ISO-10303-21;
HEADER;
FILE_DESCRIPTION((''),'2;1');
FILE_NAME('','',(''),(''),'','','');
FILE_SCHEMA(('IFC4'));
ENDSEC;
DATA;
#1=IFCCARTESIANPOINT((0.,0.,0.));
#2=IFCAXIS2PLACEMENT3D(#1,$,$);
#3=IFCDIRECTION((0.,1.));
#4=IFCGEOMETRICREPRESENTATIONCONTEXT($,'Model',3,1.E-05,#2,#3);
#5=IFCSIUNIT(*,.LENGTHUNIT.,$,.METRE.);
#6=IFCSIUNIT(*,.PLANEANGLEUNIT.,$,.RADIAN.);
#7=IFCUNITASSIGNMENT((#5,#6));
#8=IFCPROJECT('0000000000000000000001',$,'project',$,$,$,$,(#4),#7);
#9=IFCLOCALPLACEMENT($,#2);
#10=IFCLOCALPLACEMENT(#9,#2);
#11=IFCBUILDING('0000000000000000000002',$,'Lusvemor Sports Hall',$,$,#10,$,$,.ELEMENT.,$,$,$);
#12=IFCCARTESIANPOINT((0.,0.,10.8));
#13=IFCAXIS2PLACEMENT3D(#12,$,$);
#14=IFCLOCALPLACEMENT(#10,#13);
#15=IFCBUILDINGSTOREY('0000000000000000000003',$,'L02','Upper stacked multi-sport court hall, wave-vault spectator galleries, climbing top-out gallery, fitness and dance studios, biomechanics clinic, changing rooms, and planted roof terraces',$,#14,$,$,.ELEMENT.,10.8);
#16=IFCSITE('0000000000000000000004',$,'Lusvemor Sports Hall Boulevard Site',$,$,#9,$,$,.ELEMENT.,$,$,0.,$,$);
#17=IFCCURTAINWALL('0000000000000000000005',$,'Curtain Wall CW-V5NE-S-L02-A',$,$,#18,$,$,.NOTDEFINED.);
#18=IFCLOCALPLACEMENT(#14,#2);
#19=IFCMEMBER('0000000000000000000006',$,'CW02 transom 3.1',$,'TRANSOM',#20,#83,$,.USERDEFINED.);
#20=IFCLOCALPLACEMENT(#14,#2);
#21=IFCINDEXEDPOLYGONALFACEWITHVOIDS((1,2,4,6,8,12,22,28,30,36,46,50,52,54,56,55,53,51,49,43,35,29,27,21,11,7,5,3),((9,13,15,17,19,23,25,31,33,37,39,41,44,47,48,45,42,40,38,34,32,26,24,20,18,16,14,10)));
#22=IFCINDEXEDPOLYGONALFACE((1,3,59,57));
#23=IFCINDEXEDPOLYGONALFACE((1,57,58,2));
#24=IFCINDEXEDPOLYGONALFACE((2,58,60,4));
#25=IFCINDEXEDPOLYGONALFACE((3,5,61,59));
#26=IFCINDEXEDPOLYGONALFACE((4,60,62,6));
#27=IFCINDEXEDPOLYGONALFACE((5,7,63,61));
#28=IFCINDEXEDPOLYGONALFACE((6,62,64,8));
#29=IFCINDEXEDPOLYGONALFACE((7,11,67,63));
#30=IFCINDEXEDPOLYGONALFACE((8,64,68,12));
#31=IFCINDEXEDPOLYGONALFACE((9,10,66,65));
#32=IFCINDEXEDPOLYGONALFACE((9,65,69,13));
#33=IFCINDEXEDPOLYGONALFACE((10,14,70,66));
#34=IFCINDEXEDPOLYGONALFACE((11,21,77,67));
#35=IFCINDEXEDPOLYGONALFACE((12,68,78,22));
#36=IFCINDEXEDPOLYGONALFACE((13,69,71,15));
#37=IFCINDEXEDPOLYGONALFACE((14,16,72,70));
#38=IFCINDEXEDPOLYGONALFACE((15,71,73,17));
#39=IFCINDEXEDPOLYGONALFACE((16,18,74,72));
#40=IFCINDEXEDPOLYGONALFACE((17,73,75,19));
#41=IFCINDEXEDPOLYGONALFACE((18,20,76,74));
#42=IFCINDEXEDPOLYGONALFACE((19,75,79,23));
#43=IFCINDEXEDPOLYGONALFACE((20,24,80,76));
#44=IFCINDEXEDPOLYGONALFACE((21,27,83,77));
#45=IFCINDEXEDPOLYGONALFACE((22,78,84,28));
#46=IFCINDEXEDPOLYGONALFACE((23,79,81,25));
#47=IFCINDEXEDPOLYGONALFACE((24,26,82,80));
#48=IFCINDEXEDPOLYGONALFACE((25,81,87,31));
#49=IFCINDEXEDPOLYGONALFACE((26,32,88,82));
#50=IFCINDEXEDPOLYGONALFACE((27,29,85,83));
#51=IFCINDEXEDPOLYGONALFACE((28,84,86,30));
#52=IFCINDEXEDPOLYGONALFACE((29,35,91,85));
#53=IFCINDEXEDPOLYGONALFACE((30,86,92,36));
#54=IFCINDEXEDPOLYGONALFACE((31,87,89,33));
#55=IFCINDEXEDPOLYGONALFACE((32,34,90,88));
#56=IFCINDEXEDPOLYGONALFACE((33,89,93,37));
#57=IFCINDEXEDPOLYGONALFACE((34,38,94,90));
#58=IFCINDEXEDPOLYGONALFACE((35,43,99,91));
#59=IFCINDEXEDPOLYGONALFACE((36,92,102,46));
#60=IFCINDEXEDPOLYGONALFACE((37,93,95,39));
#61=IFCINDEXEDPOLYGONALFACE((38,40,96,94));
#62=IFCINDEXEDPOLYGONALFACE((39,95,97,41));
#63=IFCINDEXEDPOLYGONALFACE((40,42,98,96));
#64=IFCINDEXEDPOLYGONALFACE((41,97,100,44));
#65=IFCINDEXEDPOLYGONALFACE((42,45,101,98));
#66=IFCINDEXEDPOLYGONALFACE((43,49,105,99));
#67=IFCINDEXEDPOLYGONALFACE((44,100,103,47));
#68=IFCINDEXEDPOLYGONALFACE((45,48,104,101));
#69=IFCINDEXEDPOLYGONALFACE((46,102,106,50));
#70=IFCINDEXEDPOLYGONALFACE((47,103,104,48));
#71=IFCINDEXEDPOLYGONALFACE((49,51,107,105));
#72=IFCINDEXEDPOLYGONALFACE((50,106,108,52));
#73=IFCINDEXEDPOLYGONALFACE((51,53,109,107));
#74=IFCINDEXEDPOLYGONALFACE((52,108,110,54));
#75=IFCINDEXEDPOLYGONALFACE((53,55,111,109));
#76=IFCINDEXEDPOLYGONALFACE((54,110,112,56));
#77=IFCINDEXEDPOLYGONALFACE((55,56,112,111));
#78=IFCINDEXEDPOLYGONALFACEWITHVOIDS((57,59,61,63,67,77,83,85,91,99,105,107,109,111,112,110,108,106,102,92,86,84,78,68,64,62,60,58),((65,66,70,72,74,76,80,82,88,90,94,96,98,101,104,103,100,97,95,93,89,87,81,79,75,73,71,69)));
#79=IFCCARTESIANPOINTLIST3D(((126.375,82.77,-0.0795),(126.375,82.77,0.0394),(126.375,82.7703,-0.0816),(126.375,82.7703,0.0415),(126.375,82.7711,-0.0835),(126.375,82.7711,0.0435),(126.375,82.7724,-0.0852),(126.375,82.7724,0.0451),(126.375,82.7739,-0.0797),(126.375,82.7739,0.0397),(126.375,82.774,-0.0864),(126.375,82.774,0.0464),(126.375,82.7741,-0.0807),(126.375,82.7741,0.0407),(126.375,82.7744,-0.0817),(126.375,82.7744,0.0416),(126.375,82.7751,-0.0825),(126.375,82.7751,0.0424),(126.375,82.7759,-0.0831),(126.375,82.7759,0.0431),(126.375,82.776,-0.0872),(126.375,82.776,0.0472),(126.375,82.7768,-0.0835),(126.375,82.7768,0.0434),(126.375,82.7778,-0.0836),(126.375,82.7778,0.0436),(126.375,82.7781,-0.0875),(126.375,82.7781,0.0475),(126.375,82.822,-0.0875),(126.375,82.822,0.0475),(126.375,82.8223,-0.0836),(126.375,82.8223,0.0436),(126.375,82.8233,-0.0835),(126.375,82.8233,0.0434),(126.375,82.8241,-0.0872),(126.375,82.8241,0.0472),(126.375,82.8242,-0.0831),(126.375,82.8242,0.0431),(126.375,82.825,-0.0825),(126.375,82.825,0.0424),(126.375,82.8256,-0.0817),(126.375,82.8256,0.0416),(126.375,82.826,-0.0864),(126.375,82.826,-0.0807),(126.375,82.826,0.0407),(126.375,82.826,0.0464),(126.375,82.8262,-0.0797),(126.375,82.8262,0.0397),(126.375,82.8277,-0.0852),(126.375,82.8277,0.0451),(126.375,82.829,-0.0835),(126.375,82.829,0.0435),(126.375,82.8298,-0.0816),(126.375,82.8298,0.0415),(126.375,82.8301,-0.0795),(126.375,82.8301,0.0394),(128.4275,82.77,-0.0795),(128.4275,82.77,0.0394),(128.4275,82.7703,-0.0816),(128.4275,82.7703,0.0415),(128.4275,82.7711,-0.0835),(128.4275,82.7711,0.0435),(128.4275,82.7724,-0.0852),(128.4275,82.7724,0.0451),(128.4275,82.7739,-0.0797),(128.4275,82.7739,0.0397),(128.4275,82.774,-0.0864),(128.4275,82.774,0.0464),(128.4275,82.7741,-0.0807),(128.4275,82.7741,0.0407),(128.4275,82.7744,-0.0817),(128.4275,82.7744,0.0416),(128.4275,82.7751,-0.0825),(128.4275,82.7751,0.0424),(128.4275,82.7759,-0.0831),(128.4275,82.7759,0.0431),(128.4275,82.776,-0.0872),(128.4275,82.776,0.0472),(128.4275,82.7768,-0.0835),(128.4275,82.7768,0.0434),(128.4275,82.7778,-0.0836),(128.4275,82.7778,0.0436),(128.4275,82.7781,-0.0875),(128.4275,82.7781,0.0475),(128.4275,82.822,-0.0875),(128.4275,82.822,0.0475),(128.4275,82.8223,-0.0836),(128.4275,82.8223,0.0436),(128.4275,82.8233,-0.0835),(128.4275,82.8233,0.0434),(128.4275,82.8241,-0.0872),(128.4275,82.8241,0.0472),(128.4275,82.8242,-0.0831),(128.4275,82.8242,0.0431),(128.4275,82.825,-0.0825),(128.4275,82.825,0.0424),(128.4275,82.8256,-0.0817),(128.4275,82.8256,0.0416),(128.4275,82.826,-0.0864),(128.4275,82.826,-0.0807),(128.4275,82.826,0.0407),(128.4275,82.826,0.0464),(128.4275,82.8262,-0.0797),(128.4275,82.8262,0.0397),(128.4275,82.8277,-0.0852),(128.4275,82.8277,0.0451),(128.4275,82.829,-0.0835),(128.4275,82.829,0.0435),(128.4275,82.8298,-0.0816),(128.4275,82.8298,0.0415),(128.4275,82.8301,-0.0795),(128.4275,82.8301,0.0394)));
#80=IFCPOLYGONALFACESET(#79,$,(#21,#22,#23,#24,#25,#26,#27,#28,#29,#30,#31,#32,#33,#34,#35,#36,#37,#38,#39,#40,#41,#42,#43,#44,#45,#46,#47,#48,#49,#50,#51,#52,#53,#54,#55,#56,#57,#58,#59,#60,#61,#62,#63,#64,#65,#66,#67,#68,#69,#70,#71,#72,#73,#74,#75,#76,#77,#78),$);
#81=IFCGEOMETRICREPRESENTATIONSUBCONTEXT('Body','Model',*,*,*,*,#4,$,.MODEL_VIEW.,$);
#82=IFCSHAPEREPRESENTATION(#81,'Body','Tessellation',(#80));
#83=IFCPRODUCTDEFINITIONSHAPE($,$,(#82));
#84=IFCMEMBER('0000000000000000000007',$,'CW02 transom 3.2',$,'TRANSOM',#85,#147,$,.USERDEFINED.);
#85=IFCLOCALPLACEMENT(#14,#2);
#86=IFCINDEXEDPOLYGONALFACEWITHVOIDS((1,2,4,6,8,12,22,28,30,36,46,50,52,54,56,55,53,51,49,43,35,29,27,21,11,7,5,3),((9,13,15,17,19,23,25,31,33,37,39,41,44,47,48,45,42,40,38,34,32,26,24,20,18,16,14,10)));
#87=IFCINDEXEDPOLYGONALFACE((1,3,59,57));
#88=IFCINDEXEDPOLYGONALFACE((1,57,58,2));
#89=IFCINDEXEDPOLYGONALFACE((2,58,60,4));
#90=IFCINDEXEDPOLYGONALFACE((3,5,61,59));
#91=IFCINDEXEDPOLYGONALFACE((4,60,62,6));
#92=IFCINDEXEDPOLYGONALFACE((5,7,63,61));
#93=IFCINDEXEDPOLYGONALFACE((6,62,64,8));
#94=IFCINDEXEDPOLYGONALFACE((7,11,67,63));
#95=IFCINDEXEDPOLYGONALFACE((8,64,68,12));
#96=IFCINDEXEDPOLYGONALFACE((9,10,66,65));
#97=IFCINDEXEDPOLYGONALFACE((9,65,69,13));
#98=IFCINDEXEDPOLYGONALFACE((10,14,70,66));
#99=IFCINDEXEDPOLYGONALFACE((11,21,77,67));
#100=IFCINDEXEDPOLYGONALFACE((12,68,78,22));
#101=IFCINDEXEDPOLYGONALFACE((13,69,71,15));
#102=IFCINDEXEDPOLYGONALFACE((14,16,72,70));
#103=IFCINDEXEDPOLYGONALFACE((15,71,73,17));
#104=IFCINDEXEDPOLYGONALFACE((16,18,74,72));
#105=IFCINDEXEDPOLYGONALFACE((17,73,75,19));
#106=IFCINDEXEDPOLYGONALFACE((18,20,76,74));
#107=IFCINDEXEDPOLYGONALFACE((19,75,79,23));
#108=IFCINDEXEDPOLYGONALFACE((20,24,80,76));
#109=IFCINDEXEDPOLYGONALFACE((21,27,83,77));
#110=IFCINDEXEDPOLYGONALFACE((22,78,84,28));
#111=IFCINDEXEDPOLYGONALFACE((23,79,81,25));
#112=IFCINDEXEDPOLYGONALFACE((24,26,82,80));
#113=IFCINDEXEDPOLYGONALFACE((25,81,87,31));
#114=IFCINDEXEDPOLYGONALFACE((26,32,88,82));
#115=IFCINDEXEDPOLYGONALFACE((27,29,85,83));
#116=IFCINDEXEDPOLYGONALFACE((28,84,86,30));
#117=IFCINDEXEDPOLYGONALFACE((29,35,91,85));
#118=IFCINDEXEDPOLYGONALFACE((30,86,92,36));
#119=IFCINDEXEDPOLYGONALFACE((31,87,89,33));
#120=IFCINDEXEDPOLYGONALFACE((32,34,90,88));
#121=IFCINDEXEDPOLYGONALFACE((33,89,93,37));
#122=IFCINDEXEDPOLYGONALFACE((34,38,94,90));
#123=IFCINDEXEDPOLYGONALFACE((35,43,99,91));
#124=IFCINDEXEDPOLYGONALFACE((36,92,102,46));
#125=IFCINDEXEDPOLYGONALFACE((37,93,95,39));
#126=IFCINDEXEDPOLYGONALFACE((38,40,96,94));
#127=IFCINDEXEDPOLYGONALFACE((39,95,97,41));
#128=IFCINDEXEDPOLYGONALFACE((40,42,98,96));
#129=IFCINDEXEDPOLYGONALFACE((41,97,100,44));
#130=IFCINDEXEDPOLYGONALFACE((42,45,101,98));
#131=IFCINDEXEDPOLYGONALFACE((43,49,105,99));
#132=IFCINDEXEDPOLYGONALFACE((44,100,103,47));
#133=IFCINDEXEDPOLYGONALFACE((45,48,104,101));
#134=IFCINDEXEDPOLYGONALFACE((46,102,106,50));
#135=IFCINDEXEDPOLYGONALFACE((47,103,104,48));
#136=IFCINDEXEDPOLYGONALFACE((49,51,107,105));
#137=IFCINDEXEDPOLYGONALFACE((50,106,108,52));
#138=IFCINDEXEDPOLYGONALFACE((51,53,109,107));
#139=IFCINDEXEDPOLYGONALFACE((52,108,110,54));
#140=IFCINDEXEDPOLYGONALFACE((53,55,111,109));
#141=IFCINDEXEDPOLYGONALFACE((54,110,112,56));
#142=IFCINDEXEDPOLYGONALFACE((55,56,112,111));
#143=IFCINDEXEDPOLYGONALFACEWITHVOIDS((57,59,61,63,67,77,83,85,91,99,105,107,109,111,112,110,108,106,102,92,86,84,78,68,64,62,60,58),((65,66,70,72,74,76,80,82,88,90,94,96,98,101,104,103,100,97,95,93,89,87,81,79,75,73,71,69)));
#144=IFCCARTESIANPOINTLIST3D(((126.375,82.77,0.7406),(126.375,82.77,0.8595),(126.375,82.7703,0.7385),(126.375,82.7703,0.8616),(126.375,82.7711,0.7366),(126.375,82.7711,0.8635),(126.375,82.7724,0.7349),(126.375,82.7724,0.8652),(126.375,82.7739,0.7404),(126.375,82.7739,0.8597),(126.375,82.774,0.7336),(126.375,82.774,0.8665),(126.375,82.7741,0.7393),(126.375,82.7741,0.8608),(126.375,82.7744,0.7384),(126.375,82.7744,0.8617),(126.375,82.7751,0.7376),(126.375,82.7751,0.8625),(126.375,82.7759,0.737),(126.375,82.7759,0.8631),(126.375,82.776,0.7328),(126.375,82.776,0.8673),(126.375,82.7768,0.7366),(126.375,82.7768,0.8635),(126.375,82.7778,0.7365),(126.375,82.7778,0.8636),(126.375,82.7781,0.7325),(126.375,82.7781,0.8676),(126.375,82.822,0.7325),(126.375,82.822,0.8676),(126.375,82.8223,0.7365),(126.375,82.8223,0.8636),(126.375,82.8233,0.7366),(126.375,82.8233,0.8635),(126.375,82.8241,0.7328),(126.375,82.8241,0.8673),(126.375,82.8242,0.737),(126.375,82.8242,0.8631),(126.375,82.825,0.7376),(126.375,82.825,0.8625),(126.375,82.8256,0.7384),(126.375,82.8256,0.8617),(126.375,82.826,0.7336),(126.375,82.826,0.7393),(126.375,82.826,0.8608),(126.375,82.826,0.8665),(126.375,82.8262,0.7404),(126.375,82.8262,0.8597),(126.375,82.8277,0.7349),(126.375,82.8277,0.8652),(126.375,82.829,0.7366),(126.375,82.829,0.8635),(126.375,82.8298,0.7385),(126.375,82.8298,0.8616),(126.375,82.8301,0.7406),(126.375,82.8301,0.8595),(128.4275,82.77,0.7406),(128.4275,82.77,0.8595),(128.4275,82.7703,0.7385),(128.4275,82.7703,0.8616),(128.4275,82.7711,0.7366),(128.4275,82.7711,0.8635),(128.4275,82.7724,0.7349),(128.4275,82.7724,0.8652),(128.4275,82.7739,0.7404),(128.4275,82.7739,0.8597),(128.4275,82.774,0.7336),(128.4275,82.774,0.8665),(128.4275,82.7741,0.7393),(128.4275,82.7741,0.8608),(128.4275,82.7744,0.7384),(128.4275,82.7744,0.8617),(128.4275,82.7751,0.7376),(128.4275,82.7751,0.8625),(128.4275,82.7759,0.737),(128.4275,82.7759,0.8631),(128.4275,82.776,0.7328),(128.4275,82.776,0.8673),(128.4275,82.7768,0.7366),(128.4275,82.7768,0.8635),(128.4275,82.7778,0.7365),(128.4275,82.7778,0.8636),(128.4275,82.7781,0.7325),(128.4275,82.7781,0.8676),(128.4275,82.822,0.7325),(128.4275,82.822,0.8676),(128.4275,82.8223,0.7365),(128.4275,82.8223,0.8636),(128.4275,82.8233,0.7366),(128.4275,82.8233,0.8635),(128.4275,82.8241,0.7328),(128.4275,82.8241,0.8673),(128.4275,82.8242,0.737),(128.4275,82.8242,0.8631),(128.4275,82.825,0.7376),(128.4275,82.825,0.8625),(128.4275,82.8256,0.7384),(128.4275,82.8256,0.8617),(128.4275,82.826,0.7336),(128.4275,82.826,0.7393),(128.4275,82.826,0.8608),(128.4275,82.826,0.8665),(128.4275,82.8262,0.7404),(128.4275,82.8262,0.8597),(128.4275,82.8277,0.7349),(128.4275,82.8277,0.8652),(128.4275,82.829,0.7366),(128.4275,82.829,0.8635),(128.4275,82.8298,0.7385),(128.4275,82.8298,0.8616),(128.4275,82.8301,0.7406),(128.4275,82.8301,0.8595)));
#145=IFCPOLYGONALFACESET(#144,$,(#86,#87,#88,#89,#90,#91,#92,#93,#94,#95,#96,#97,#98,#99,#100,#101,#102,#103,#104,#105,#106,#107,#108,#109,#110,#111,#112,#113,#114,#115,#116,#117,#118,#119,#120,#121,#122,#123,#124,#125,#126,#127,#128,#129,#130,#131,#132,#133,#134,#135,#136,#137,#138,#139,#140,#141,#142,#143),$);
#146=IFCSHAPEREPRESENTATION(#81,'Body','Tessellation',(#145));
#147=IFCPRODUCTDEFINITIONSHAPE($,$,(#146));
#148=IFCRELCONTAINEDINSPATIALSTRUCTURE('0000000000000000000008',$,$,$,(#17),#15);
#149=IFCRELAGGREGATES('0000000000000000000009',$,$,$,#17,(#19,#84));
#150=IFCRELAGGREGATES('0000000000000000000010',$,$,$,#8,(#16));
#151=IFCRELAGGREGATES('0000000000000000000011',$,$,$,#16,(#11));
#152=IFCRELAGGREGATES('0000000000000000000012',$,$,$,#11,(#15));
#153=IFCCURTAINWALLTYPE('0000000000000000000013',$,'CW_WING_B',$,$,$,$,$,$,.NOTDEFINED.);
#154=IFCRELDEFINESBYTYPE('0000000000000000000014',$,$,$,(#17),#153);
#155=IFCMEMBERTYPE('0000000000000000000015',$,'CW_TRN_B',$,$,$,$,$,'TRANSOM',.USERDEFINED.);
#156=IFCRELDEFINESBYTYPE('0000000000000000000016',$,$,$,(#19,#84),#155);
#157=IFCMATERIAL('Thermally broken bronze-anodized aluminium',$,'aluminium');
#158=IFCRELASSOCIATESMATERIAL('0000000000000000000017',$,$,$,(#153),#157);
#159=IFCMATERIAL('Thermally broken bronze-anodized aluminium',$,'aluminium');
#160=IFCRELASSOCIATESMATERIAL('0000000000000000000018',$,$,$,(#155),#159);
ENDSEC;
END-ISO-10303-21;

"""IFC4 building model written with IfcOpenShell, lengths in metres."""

from ifc_helpers import new_model, si_unit, direction, frame, origin, origin_2d, place, context, subcontext, project, spatial, hollow_rectangle, extrude, material, material_profile, profile_set, type_object, element, aggregate, save


model = new_model("IFC4")

# Units and contexts
model_context = context("Model", 3, precision=1e-05, world=origin(), true_north=direction((0.0, 1.0)))
body_context = subcontext(model_context, "Body", "Model", "MODEL_VIEW")
ifc_project = project(units=[si_unit("LENGTHUNIT", "METRE"), si_unit("PLANEANGLEUNIT", "RADIAN")], contexts=[model_context])

# Site, building, storey
site_placement = place(None, origin())
site = spatial("IfcSite", under=ifc_project, at=site_placement, Name="Lusvemor Sports Hall Boulevard Site", CompositionType="ELEMENT", RefElevation=0.0)
building_placement = place(site_placement, origin())
building = spatial("IfcBuilding", under=site, at=building_placement, Name="Lusvemor Sports Hall", CompositionType="ELEMENT")
storey_placement = place(building_placement, frame((0.0, 0.0, 10.8)))
storey = spatial("IfcBuildingStorey", under=building, at=storey_placement, Name="L02", Description="Upper stacked multi-sport court hall, wave-vault spectator galleries, climbing top-out gallery, fitness and dance studios, biomechanics clinic, changing rooms, and planted roof terraces", CompositionType="ELEMENT", Elevation=10.8)

# Curtain wall, members
ifc_material_1 = material(Name="Thermally broken bronze-anodized aluminium", Category="aluminium")
curtain_wall_type = type_object("IfcCurtainWallType", Name="CW_WING_B", PredefinedType="NOTDEFINED", material=ifc_material_1)
curtain_wall_placement = place(storey_placement, origin())
curtain_wall = element("IfcCurtainWall", 1, at=curtain_wall_placement, inside=storey, type_object=curtain_wall_type, Name="Curtain Wall CW-V5NE-S-L02-A", PredefinedType="NOTDEFINED")
ifc_material_2 = material(Name="Thermally broken bronze-anodized aluminium", Category="aluminium")
ifc_material_profile_1 = material_profile(ifc_material_2, hollow_rectangle(XDim=0.0601, YDim=0.135, WallThickness=0.0039, InnerFilletRadius=0.0039, OuterFilletRadius=0.0081, at=origin_2d()), Name="CWTRN135x60x4")
ifc_profile_set_1 = profile_set([ifc_material_profile_1], Name="Thermally broken bronze-anodized aluminium")
member_type_1 = type_object("IfcMemberType", Name="CW_TRN_B", ElementType="TRANSOM", PredefinedType="USERDEFINED", material=ifc_profile_set_1)
member_1_placement = place(storey_placement, frame((128.4275, 82.8, -0.02), z_axis=(-1.0, 0.0, 0.0), x_axis=(0.0, -1.0, 0.0)))
member_1 = element("IfcMember", 2, at=member_1_placement, type_object=member_type_1, Name="CW02 transom 3.1", ObjectType="TRANSOM", PredefinedType="USERDEFINED", context=body_context, shape_type="SweptSolid", body=[
    extrude(hollow_rectangle(XDim=0.0601, YDim=0.135, WallThickness=0.0039, InnerFilletRadius=0.0039, OuterFilletRadius=0.0081, at=origin_2d()), origin(), (0.0, 0.0, 1.0), 2.0525),
])
member_2_placement = place(storey_placement, frame((128.4275, 82.8, 0.8), z_axis=(-1.0, 0.0, 0.0), x_axis=(0.0, -1.0, 0.0)))
member_2 = element("IfcMember", 3, at=member_2_placement, type_object=member_type_1, Name="CW02 transom 3.2", ObjectType="TRANSOM", PredefinedType="USERDEFINED", context=body_context, shape_type="SweptSolid", body=[
    extrude(hollow_rectangle(XDim=0.0601, YDim=0.135, WallThickness=0.0039, InnerFilletRadius=0.0039, OuterFilletRadius=0.0081, at=origin_2d()), origin(), (0.0, 0.0, 1.0), 2.0525),
])

aggregate(curtain_wall, [member_1, member_2])

save(model, "model.ifc")
